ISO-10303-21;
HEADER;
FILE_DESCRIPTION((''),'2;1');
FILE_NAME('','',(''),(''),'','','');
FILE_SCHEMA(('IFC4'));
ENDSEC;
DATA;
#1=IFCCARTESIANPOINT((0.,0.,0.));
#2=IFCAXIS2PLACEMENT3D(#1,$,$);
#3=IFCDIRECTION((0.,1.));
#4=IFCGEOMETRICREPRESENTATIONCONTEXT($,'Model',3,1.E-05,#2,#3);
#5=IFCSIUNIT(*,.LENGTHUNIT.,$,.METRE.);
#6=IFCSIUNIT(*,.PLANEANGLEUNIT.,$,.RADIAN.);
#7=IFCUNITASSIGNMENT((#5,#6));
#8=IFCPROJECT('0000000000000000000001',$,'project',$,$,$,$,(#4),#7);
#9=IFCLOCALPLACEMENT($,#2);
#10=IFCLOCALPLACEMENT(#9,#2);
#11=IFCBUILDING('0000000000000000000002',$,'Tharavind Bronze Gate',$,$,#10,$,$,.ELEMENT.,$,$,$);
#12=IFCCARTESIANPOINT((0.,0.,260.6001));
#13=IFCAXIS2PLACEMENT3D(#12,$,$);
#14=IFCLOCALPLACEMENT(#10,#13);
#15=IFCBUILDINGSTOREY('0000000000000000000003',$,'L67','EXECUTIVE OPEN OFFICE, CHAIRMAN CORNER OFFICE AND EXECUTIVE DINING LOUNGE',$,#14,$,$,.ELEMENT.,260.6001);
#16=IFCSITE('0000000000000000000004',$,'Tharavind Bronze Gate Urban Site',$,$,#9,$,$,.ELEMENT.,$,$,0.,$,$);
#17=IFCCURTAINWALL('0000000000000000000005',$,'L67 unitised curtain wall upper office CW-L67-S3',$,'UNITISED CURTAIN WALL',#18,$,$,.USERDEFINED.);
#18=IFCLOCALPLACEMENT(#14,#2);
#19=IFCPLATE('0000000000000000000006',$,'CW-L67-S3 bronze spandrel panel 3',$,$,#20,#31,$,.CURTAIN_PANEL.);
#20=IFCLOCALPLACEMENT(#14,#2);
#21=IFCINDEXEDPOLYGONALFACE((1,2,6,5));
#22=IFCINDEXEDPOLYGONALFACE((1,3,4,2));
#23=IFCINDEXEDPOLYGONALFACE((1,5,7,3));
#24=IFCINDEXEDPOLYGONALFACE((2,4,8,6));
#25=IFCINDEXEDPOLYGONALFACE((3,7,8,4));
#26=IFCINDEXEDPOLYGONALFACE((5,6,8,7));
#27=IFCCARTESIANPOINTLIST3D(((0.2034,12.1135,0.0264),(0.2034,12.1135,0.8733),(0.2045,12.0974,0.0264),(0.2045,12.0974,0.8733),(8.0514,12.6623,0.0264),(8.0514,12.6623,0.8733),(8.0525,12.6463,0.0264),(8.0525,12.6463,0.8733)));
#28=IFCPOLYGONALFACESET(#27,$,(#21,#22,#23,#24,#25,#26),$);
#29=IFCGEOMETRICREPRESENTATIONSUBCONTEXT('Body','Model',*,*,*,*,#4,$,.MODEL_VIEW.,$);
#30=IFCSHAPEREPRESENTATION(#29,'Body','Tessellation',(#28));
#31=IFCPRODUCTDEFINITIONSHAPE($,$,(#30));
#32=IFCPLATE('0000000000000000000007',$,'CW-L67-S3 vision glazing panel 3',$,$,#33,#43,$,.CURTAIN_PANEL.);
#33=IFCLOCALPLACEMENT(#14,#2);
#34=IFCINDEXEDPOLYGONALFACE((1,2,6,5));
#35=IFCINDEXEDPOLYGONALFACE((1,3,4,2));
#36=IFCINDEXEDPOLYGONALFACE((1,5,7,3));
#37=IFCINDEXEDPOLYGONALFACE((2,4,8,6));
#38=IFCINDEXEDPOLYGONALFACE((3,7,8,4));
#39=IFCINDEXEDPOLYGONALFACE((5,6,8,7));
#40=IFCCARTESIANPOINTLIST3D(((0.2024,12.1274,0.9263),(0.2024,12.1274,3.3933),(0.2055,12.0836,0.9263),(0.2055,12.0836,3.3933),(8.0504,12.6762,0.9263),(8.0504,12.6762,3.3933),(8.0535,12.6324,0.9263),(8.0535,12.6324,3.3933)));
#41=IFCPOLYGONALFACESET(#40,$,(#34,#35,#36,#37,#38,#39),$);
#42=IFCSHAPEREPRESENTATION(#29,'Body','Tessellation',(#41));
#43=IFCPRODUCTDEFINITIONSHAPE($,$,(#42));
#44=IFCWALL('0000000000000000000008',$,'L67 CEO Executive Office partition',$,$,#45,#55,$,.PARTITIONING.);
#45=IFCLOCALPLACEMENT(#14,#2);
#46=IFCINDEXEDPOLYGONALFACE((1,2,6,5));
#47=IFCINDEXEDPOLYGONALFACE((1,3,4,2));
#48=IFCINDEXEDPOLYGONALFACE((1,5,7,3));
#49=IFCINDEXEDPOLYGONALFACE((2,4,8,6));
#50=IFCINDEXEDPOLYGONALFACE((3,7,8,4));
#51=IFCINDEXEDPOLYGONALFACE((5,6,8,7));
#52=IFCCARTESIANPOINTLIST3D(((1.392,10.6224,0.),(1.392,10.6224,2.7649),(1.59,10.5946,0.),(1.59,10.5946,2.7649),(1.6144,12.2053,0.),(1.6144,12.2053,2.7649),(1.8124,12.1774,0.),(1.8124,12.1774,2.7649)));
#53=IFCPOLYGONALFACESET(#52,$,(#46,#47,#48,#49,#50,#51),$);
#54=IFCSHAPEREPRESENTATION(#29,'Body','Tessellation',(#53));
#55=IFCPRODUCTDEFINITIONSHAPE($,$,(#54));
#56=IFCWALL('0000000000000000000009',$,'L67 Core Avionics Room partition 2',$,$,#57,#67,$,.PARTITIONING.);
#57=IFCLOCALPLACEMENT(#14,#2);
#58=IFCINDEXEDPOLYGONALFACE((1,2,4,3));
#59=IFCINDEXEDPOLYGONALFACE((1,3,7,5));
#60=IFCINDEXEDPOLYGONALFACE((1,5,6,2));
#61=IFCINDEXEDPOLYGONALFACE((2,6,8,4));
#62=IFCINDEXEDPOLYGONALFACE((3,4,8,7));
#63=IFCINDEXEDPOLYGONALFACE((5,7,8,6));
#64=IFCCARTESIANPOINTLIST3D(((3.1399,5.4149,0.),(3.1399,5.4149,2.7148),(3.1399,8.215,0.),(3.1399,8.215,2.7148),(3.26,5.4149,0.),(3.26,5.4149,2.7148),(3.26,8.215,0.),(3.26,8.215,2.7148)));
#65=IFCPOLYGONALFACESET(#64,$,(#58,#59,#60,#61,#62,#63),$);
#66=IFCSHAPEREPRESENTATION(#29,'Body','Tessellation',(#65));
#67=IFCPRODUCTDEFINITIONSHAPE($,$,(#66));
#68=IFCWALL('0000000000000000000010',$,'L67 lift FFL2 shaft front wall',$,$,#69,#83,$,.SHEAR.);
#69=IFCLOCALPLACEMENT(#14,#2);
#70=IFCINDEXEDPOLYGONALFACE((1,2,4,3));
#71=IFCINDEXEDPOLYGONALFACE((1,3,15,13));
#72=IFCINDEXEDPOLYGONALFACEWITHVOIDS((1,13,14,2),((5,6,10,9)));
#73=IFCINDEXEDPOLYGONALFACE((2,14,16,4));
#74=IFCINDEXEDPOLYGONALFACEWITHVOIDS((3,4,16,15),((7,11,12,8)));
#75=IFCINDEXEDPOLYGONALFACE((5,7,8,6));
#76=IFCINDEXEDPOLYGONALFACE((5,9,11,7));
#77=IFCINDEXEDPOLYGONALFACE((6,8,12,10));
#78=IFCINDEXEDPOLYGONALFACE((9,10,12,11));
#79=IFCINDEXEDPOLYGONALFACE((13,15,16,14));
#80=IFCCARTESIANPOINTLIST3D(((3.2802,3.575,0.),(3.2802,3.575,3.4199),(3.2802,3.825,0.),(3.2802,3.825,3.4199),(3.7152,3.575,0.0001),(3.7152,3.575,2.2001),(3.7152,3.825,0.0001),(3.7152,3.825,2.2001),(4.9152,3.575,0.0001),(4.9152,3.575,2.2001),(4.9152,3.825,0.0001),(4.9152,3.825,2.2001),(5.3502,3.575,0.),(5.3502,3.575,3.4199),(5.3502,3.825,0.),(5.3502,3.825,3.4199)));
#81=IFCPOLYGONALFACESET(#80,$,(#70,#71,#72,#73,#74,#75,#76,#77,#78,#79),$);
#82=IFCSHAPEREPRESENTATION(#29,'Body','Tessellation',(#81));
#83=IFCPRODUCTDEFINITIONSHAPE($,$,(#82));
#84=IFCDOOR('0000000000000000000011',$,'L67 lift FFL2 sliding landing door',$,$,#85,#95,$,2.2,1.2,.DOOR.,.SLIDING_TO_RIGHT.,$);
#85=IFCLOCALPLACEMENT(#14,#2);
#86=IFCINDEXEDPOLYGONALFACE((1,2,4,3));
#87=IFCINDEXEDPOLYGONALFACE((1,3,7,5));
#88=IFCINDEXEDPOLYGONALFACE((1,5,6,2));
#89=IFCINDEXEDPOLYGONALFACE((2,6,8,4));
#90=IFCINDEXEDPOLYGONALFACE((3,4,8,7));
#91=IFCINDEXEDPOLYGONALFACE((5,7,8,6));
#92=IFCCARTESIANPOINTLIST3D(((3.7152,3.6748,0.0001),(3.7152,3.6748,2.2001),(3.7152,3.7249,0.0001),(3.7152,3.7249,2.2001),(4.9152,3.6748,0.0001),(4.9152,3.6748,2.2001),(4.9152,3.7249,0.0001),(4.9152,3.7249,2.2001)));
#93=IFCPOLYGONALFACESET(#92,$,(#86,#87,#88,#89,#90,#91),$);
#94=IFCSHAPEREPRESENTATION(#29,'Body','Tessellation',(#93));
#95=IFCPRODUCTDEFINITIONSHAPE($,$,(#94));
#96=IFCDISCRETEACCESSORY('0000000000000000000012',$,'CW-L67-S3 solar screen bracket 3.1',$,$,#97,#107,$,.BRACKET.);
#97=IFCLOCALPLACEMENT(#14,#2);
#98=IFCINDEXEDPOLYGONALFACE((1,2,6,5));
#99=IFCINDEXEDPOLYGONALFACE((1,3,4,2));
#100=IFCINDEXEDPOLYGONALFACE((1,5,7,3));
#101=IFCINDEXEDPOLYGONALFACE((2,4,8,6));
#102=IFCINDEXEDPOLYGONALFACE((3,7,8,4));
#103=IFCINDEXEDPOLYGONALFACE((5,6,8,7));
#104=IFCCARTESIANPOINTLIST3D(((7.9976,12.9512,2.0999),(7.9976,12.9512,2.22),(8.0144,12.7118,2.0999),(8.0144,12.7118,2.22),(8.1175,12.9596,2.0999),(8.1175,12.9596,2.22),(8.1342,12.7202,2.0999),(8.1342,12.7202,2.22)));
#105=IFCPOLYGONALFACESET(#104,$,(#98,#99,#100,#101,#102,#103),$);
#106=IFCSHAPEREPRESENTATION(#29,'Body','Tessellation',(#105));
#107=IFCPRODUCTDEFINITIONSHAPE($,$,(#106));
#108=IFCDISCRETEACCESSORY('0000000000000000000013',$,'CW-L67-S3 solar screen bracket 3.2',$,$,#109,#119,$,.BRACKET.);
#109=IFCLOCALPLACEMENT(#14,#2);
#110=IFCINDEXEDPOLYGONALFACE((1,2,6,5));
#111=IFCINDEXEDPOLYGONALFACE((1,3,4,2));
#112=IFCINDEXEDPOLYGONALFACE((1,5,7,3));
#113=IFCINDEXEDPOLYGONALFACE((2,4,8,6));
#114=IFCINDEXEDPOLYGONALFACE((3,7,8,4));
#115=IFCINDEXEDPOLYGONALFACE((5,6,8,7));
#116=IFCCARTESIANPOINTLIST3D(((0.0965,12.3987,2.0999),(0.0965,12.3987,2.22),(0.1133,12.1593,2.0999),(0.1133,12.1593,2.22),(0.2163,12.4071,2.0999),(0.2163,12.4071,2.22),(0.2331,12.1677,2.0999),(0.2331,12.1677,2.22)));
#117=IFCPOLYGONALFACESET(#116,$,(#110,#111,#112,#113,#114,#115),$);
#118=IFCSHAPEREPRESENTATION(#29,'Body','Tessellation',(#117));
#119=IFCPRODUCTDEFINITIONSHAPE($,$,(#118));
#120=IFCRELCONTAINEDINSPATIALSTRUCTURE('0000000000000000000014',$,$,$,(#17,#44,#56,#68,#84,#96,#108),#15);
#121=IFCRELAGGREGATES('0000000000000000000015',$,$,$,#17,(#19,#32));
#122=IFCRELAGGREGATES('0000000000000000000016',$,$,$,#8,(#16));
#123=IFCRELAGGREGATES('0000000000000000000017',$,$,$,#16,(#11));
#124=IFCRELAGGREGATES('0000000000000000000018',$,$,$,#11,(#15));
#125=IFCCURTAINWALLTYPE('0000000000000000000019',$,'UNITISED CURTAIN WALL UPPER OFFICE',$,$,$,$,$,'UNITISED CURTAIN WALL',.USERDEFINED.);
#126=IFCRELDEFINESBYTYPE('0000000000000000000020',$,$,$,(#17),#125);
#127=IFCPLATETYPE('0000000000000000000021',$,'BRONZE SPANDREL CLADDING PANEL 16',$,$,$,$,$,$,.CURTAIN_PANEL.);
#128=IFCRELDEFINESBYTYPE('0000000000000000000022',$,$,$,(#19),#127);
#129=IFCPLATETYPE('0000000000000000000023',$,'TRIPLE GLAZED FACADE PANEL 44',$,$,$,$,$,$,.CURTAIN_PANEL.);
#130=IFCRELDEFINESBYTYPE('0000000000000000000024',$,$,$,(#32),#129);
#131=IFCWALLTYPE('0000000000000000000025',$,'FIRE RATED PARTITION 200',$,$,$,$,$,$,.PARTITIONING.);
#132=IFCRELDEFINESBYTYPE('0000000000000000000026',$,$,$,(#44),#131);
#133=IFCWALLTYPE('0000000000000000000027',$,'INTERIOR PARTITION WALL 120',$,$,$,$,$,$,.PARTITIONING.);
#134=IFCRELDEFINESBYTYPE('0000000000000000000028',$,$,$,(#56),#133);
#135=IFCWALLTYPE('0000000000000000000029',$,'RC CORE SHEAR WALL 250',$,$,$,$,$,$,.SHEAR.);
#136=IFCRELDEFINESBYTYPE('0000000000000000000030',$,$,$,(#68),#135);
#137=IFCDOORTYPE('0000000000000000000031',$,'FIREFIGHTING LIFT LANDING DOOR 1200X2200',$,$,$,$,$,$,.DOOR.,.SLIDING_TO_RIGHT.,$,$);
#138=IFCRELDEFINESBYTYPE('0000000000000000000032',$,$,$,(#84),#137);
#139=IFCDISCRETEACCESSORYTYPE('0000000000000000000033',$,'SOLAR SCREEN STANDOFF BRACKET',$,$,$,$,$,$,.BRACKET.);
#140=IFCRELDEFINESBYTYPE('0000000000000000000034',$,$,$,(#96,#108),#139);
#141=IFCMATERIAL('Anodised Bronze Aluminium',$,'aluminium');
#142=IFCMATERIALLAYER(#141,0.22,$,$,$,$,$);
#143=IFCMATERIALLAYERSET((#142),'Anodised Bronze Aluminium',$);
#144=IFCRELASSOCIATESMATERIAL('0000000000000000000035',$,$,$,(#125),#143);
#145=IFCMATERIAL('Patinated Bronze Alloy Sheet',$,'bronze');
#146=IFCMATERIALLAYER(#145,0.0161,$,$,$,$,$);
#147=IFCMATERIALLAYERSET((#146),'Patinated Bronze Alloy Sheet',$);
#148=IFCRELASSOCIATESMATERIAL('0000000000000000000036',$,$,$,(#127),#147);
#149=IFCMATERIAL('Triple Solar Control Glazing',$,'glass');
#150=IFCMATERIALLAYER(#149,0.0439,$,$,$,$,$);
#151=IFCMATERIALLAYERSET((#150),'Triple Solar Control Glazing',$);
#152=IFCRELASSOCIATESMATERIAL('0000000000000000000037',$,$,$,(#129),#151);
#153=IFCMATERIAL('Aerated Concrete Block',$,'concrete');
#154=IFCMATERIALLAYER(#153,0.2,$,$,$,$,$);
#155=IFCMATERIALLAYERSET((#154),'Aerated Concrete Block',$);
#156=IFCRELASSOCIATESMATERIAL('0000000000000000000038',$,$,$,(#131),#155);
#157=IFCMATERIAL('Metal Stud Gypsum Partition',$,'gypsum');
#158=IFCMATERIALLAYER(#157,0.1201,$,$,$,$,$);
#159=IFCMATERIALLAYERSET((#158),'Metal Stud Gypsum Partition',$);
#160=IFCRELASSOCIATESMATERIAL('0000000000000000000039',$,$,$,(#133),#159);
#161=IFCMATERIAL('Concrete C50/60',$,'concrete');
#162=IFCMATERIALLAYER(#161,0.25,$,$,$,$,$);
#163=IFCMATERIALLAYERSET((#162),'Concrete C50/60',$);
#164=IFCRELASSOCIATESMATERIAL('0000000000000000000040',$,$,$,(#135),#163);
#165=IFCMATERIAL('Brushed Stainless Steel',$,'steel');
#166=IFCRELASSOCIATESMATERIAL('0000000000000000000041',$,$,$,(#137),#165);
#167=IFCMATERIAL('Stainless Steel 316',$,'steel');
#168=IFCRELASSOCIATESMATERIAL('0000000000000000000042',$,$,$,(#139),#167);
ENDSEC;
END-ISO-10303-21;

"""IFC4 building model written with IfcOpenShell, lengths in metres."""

from ifc_helpers import new_model, si_unit, direction, frame, frame_2d, origin, origin_2d, place, context, subcontext, project, spatial, rectangle, extrude, material, layer, layer_set, type_object, element, fill, aggregate, save


model = new_model("IFC4")

# Units and contexts
model_context = context("Model", 3, precision=1e-05, world=origin(), true_north=direction((0.0, 1.0)))
body_context = subcontext(model_context, "Body", "Model", "MODEL_VIEW")
ifc_project = project(units=[si_unit("LENGTHUNIT", "METRE"), si_unit("PLANEANGLEUNIT", "RADIAN")], contexts=[model_context])

# Site, building, storey
site_placement = place(None, origin())
site = spatial("IfcSite", under=ifc_project, at=site_placement, Name="Tharavind Bronze Gate Urban Site", CompositionType="ELEMENT", RefElevation=0.0)
building_placement = place(site_placement, origin())
building = spatial("IfcBuilding", under=site, at=building_placement, Name="Tharavind Bronze Gate", CompositionType="ELEMENT")
storey_placement = place(building_placement, frame((0.0, 0.0, 260.6001)))
storey = spatial("IfcBuildingStorey", under=building, at=storey_placement, Name="L67", Description="EXECUTIVE OPEN OFFICE, CHAIRMAN CORNER OFFICE AND EXECUTIVE DINING LOUNGE", CompositionType="ELEMENT", Elevation=260.6001)

# Shared definitions
ifc_material_1 = material(Name="Concrete C50/60", Category="concrete")

# Curtain wall
ifc_material_2 = material(Name="Anodised Bronze Aluminium", Category="aluminium")
ifc_layer_1 = layer(ifc_material_2, 0.22)
ifc_layer_set_1 = layer_set([ifc_layer_1], Name="Anodised Bronze Aluminium")
curtain_wall_type = type_object("IfcCurtainWallType", Name="UNITISED CURTAIN WALL UPPER OFFICE", ElementType="UNITISED CURTAIN WALL", PredefinedType="USERDEFINED", material=ifc_layer_set_1)
curtain_wall_placement = place(storey_placement, origin())
curtain_wall = element("IfcCurtainWall", 1, at=curtain_wall_placement, inside=storey, type_object=curtain_wall_type, Name="L67 unitised curtain wall upper office CW-L67-S3", ObjectType="UNITISED CURTAIN WALL", PredefinedType="USERDEFINED")

# Plates
ifc_material_3 = material(Name="Patinated Bronze Alloy Sheet", Category="bronze")
ifc_layer_2 = layer(ifc_material_3, 0.0161)
ifc_layer_set_2 = layer_set([ifc_layer_2], Name="Patinated Bronze Alloy Sheet")
plate_type_1 = type_object("IfcPlateType", Name="BRONZE SPANDREL CLADDING PANEL 16", PredefinedType="CURTAIN_PANEL", material=ifc_layer_set_2)
plate_1_placement = place(storey_placement, frame((4.1279, 12.3799, 0.0264), z_axis=(0.0, 0.0, 1.0), x_axis=(-0.997564, -0.06976, 0.0)))
plate_1 = element("IfcPlate", 2, at=plate_1_placement, type_object=plate_type_1, Name="CW-L67-S3 bronze spandrel panel 3", PredefinedType="CURTAIN_PANEL", context=body_context, shape_type="SweptSolid", body=[
    extrude(rectangle(XDim=7.8672, YDim=0.0161, at=origin_2d()), origin(), (0.0, 0.0, 1.0), 0.8469),
])
ifc_material_4 = material(Name="Triple Solar Control Glazing", Category="glass")
ifc_layer_3 = layer(ifc_material_4, 0.0439)
ifc_layer_set_3 = layer_set([ifc_layer_3], Name="Triple Solar Control Glazing")
plate_type_2 = type_object("IfcPlateType", Name="TRIPLE GLAZED FACADE PANEL 44", PredefinedType="CURTAIN_PANEL", material=ifc_layer_set_3)
plate_2_placement = place(storey_placement, frame((4.1279, 12.3799, 0.9263), z_axis=(0.0, 0.0, 1.0), x_axis=(-0.997564, -0.06976, 0.0)))
plate_2 = element("IfcPlate", 3, at=plate_2_placement, type_object=plate_type_2, Name="CW-L67-S3 vision glazing panel 3", PredefinedType="CURTAIN_PANEL", context=body_context, shape_type="SweptSolid", body=[
    extrude(rectangle(XDim=7.8672, YDim=0.0439, at=origin_2d()), origin(), (0.0, 0.0, 1.0), 2.467),
])
aggregate(curtain_wall, [plate_1, plate_2])

# Shared definitions
ifc_material_5 = material(Name="Aerated Concrete Block", Category="concrete")
ifc_layer_4 = layer(ifc_material_5, 0.2)
ifc_layer_set_4 = layer_set([ifc_layer_4], Name="Aerated Concrete Block")
wall_type_1 = type_object("IfcWallType", Name="FIRE RATED PARTITION 200", PredefinedType="PARTITIONING", material=ifc_layer_set_4)

# Wall
wall_1_placement = place(storey_placement, frame((1.491, 10.6084, 0.0), z_axis=(0.0, 0.0, 1.0), x_axis=(0.139154, 0.990271, 0.0)))
element("IfcWall", 4, at=wall_1_placement, inside=storey, type_object=wall_type_1, Name="L67 CEO Executive Office partition", PredefinedType="PARTITIONING", context=body_context, shape_type="SweptSolid", body=[
    extrude(rectangle(XDim=1.5984, YDim=0.2, at=frame_2d((0.7993, 0.0))), origin(), (0.0, 0.0, 1.0), 2.7649),
])

# Wall
ifc_material_6 = material(Name="Metal Stud Gypsum Partition", Category="gypsum")
ifc_layer_5 = layer(ifc_material_6, 0.1201)
ifc_layer_set_5 = layer_set([ifc_layer_5], Name="Metal Stud Gypsum Partition")
wall_type_2 = type_object("IfcWallType", Name="INTERIOR PARTITION WALL 120", PredefinedType="PARTITIONING", material=ifc_layer_set_5)
wall_2_placement = place(storey_placement, frame((3.2, 5.415, 0.0), z_axis=(0.0, 0.0, 1.0), x_axis=(0.0, 1.0, 0.0)))
element("IfcWall", 5, at=wall_2_placement, inside=storey, type_object=wall_type_2, Name="L67 Core Avionics Room partition 2", PredefinedType="PARTITIONING", context=body_context, shape_type="SweptSolid", body=[
    extrude(rectangle(XDim=2.8, YDim=0.1201, at=frame_2d((1.3999, 0.0))), origin(), (0.0, 0.0, 1.0), 2.7148),
])

# Wall, opening, door
ifc_layer_6 = layer(ifc_material_1, 0.25)
ifc_layer_set_6 = layer_set([ifc_layer_6], Name="Concrete C50/60")
wall_type_3 = type_object("IfcWallType", Name="RC CORE SHEAR WALL 250", PredefinedType="SHEAR", material=ifc_layer_set_6)
wall_3_placement = place(storey_placement, frame((3.28, 3.7, 0.0), z_axis=(0.0, 0.0, 1.0), x_axis=(1.0, 0.0, 0.0)))
wall_3 = element("IfcWall", 6, at=wall_3_placement, inside=storey, type_object=wall_type_3, Name="L67 lift FFL2 shaft front wall", PredefinedType="SHEAR", context=body_context, shape_type="SweptSolid", body=[
    extrude(rectangle(XDim=2.0701, YDim=0.25, at=frame_2d((1.0352, 0.0))), origin(), (0.0, 0.0, 1.0), 3.4199),
])
opening_1_placement = place(wall_3_placement, frame((0.4351, 0.0, 0.0)))
opening_1 = element("IfcOpeningElement", 7, at=opening_1_placement, cuts=wall_3, PredefinedType="OPENING", context=body_context, shape_type="SweptSolid", body=[
    extrude(rectangle(XDim=1.2, YDim=2.2, at=frame_2d((0.6001, 1.1001))), frame((0.0, 0.135, 0.0), z_axis=(0.0, -1.0, 0.0), x_axis=(1.0, 0.0, 0.0)), (0.0, 0.0, 1.0), 0.27),
])
ifc_material_7 = material(Name="Brushed Stainless Steel", Category="steel")
door_type_1 = type_object("IfcDoorType", Name="FIREFIGHTING LIFT LANDING DOOR 1200X2200", OperationType="SLIDING_TO_RIGHT", PredefinedType="DOOR", material=ifc_material_7)
door_1_placement = place(opening_1_placement, origin())
door_1 = element("IfcDoor", 8, at=door_1_placement, inside=storey, type_object=door_type_1, Name="L67 lift FFL2 sliding landing door", OperationType="SLIDING_TO_RIGHT", OverallHeight=2.2, OverallWidth=1.2, PredefinedType="DOOR", context=body_context, shape_type="SweptSolid", body=[
    extrude(rectangle(XDim=1.2, YDim=2.2, at=frame_2d((0.6001, 1.1001))), frame((0.0, 0.0249, 0.0), z_axis=(0.0, -1.0, 0.0), x_axis=(1.0, 0.0, 0.0)), (0.0, 0.0, 1.0), 0.05),
])
fill(opening_1, door_1)

# Discrete accessories
ifc_material_8 = material(Name="Stainless Steel 316", Category="steel")
discrete_accessory_type = type_object("IfcDiscreteAccessoryType", Name="SOLAR SCREEN STANDOFF BRACKET", PredefinedType="BRACKET", material=ifc_material_8)
for number, where, z_axis, x_axis, name in (
    (9, (8.0659, 12.8357, 2.0999), (0.0, 0.0, 1.0), (-0.997564, -0.06976, 0.0), "CW-L67-S3 solar screen bracket 3.1"),
    (10, (0.1648, 12.2832, 2.0999), (0.0, 0.0, 1.0), (-0.997564, -0.06976, 0.0), "CW-L67-S3 solar screen bracket 3.2"),
):
    element("IfcDiscreteAccessory", number, at=place(storey_placement, frame(where, z_axis=z_axis, x_axis=x_axis)), inside=storey, type_object=discrete_accessory_type, Name=name, PredefinedType="BRACKET", context=body_context, shape_type="SweptSolid", body=[
        extrude(rectangle(XDim=0.1201, YDim=0.24, at=origin_2d()), origin(), (0.0, 0.0, 1.0), 0.1201),
    ])

save(model, "model.ifc")
